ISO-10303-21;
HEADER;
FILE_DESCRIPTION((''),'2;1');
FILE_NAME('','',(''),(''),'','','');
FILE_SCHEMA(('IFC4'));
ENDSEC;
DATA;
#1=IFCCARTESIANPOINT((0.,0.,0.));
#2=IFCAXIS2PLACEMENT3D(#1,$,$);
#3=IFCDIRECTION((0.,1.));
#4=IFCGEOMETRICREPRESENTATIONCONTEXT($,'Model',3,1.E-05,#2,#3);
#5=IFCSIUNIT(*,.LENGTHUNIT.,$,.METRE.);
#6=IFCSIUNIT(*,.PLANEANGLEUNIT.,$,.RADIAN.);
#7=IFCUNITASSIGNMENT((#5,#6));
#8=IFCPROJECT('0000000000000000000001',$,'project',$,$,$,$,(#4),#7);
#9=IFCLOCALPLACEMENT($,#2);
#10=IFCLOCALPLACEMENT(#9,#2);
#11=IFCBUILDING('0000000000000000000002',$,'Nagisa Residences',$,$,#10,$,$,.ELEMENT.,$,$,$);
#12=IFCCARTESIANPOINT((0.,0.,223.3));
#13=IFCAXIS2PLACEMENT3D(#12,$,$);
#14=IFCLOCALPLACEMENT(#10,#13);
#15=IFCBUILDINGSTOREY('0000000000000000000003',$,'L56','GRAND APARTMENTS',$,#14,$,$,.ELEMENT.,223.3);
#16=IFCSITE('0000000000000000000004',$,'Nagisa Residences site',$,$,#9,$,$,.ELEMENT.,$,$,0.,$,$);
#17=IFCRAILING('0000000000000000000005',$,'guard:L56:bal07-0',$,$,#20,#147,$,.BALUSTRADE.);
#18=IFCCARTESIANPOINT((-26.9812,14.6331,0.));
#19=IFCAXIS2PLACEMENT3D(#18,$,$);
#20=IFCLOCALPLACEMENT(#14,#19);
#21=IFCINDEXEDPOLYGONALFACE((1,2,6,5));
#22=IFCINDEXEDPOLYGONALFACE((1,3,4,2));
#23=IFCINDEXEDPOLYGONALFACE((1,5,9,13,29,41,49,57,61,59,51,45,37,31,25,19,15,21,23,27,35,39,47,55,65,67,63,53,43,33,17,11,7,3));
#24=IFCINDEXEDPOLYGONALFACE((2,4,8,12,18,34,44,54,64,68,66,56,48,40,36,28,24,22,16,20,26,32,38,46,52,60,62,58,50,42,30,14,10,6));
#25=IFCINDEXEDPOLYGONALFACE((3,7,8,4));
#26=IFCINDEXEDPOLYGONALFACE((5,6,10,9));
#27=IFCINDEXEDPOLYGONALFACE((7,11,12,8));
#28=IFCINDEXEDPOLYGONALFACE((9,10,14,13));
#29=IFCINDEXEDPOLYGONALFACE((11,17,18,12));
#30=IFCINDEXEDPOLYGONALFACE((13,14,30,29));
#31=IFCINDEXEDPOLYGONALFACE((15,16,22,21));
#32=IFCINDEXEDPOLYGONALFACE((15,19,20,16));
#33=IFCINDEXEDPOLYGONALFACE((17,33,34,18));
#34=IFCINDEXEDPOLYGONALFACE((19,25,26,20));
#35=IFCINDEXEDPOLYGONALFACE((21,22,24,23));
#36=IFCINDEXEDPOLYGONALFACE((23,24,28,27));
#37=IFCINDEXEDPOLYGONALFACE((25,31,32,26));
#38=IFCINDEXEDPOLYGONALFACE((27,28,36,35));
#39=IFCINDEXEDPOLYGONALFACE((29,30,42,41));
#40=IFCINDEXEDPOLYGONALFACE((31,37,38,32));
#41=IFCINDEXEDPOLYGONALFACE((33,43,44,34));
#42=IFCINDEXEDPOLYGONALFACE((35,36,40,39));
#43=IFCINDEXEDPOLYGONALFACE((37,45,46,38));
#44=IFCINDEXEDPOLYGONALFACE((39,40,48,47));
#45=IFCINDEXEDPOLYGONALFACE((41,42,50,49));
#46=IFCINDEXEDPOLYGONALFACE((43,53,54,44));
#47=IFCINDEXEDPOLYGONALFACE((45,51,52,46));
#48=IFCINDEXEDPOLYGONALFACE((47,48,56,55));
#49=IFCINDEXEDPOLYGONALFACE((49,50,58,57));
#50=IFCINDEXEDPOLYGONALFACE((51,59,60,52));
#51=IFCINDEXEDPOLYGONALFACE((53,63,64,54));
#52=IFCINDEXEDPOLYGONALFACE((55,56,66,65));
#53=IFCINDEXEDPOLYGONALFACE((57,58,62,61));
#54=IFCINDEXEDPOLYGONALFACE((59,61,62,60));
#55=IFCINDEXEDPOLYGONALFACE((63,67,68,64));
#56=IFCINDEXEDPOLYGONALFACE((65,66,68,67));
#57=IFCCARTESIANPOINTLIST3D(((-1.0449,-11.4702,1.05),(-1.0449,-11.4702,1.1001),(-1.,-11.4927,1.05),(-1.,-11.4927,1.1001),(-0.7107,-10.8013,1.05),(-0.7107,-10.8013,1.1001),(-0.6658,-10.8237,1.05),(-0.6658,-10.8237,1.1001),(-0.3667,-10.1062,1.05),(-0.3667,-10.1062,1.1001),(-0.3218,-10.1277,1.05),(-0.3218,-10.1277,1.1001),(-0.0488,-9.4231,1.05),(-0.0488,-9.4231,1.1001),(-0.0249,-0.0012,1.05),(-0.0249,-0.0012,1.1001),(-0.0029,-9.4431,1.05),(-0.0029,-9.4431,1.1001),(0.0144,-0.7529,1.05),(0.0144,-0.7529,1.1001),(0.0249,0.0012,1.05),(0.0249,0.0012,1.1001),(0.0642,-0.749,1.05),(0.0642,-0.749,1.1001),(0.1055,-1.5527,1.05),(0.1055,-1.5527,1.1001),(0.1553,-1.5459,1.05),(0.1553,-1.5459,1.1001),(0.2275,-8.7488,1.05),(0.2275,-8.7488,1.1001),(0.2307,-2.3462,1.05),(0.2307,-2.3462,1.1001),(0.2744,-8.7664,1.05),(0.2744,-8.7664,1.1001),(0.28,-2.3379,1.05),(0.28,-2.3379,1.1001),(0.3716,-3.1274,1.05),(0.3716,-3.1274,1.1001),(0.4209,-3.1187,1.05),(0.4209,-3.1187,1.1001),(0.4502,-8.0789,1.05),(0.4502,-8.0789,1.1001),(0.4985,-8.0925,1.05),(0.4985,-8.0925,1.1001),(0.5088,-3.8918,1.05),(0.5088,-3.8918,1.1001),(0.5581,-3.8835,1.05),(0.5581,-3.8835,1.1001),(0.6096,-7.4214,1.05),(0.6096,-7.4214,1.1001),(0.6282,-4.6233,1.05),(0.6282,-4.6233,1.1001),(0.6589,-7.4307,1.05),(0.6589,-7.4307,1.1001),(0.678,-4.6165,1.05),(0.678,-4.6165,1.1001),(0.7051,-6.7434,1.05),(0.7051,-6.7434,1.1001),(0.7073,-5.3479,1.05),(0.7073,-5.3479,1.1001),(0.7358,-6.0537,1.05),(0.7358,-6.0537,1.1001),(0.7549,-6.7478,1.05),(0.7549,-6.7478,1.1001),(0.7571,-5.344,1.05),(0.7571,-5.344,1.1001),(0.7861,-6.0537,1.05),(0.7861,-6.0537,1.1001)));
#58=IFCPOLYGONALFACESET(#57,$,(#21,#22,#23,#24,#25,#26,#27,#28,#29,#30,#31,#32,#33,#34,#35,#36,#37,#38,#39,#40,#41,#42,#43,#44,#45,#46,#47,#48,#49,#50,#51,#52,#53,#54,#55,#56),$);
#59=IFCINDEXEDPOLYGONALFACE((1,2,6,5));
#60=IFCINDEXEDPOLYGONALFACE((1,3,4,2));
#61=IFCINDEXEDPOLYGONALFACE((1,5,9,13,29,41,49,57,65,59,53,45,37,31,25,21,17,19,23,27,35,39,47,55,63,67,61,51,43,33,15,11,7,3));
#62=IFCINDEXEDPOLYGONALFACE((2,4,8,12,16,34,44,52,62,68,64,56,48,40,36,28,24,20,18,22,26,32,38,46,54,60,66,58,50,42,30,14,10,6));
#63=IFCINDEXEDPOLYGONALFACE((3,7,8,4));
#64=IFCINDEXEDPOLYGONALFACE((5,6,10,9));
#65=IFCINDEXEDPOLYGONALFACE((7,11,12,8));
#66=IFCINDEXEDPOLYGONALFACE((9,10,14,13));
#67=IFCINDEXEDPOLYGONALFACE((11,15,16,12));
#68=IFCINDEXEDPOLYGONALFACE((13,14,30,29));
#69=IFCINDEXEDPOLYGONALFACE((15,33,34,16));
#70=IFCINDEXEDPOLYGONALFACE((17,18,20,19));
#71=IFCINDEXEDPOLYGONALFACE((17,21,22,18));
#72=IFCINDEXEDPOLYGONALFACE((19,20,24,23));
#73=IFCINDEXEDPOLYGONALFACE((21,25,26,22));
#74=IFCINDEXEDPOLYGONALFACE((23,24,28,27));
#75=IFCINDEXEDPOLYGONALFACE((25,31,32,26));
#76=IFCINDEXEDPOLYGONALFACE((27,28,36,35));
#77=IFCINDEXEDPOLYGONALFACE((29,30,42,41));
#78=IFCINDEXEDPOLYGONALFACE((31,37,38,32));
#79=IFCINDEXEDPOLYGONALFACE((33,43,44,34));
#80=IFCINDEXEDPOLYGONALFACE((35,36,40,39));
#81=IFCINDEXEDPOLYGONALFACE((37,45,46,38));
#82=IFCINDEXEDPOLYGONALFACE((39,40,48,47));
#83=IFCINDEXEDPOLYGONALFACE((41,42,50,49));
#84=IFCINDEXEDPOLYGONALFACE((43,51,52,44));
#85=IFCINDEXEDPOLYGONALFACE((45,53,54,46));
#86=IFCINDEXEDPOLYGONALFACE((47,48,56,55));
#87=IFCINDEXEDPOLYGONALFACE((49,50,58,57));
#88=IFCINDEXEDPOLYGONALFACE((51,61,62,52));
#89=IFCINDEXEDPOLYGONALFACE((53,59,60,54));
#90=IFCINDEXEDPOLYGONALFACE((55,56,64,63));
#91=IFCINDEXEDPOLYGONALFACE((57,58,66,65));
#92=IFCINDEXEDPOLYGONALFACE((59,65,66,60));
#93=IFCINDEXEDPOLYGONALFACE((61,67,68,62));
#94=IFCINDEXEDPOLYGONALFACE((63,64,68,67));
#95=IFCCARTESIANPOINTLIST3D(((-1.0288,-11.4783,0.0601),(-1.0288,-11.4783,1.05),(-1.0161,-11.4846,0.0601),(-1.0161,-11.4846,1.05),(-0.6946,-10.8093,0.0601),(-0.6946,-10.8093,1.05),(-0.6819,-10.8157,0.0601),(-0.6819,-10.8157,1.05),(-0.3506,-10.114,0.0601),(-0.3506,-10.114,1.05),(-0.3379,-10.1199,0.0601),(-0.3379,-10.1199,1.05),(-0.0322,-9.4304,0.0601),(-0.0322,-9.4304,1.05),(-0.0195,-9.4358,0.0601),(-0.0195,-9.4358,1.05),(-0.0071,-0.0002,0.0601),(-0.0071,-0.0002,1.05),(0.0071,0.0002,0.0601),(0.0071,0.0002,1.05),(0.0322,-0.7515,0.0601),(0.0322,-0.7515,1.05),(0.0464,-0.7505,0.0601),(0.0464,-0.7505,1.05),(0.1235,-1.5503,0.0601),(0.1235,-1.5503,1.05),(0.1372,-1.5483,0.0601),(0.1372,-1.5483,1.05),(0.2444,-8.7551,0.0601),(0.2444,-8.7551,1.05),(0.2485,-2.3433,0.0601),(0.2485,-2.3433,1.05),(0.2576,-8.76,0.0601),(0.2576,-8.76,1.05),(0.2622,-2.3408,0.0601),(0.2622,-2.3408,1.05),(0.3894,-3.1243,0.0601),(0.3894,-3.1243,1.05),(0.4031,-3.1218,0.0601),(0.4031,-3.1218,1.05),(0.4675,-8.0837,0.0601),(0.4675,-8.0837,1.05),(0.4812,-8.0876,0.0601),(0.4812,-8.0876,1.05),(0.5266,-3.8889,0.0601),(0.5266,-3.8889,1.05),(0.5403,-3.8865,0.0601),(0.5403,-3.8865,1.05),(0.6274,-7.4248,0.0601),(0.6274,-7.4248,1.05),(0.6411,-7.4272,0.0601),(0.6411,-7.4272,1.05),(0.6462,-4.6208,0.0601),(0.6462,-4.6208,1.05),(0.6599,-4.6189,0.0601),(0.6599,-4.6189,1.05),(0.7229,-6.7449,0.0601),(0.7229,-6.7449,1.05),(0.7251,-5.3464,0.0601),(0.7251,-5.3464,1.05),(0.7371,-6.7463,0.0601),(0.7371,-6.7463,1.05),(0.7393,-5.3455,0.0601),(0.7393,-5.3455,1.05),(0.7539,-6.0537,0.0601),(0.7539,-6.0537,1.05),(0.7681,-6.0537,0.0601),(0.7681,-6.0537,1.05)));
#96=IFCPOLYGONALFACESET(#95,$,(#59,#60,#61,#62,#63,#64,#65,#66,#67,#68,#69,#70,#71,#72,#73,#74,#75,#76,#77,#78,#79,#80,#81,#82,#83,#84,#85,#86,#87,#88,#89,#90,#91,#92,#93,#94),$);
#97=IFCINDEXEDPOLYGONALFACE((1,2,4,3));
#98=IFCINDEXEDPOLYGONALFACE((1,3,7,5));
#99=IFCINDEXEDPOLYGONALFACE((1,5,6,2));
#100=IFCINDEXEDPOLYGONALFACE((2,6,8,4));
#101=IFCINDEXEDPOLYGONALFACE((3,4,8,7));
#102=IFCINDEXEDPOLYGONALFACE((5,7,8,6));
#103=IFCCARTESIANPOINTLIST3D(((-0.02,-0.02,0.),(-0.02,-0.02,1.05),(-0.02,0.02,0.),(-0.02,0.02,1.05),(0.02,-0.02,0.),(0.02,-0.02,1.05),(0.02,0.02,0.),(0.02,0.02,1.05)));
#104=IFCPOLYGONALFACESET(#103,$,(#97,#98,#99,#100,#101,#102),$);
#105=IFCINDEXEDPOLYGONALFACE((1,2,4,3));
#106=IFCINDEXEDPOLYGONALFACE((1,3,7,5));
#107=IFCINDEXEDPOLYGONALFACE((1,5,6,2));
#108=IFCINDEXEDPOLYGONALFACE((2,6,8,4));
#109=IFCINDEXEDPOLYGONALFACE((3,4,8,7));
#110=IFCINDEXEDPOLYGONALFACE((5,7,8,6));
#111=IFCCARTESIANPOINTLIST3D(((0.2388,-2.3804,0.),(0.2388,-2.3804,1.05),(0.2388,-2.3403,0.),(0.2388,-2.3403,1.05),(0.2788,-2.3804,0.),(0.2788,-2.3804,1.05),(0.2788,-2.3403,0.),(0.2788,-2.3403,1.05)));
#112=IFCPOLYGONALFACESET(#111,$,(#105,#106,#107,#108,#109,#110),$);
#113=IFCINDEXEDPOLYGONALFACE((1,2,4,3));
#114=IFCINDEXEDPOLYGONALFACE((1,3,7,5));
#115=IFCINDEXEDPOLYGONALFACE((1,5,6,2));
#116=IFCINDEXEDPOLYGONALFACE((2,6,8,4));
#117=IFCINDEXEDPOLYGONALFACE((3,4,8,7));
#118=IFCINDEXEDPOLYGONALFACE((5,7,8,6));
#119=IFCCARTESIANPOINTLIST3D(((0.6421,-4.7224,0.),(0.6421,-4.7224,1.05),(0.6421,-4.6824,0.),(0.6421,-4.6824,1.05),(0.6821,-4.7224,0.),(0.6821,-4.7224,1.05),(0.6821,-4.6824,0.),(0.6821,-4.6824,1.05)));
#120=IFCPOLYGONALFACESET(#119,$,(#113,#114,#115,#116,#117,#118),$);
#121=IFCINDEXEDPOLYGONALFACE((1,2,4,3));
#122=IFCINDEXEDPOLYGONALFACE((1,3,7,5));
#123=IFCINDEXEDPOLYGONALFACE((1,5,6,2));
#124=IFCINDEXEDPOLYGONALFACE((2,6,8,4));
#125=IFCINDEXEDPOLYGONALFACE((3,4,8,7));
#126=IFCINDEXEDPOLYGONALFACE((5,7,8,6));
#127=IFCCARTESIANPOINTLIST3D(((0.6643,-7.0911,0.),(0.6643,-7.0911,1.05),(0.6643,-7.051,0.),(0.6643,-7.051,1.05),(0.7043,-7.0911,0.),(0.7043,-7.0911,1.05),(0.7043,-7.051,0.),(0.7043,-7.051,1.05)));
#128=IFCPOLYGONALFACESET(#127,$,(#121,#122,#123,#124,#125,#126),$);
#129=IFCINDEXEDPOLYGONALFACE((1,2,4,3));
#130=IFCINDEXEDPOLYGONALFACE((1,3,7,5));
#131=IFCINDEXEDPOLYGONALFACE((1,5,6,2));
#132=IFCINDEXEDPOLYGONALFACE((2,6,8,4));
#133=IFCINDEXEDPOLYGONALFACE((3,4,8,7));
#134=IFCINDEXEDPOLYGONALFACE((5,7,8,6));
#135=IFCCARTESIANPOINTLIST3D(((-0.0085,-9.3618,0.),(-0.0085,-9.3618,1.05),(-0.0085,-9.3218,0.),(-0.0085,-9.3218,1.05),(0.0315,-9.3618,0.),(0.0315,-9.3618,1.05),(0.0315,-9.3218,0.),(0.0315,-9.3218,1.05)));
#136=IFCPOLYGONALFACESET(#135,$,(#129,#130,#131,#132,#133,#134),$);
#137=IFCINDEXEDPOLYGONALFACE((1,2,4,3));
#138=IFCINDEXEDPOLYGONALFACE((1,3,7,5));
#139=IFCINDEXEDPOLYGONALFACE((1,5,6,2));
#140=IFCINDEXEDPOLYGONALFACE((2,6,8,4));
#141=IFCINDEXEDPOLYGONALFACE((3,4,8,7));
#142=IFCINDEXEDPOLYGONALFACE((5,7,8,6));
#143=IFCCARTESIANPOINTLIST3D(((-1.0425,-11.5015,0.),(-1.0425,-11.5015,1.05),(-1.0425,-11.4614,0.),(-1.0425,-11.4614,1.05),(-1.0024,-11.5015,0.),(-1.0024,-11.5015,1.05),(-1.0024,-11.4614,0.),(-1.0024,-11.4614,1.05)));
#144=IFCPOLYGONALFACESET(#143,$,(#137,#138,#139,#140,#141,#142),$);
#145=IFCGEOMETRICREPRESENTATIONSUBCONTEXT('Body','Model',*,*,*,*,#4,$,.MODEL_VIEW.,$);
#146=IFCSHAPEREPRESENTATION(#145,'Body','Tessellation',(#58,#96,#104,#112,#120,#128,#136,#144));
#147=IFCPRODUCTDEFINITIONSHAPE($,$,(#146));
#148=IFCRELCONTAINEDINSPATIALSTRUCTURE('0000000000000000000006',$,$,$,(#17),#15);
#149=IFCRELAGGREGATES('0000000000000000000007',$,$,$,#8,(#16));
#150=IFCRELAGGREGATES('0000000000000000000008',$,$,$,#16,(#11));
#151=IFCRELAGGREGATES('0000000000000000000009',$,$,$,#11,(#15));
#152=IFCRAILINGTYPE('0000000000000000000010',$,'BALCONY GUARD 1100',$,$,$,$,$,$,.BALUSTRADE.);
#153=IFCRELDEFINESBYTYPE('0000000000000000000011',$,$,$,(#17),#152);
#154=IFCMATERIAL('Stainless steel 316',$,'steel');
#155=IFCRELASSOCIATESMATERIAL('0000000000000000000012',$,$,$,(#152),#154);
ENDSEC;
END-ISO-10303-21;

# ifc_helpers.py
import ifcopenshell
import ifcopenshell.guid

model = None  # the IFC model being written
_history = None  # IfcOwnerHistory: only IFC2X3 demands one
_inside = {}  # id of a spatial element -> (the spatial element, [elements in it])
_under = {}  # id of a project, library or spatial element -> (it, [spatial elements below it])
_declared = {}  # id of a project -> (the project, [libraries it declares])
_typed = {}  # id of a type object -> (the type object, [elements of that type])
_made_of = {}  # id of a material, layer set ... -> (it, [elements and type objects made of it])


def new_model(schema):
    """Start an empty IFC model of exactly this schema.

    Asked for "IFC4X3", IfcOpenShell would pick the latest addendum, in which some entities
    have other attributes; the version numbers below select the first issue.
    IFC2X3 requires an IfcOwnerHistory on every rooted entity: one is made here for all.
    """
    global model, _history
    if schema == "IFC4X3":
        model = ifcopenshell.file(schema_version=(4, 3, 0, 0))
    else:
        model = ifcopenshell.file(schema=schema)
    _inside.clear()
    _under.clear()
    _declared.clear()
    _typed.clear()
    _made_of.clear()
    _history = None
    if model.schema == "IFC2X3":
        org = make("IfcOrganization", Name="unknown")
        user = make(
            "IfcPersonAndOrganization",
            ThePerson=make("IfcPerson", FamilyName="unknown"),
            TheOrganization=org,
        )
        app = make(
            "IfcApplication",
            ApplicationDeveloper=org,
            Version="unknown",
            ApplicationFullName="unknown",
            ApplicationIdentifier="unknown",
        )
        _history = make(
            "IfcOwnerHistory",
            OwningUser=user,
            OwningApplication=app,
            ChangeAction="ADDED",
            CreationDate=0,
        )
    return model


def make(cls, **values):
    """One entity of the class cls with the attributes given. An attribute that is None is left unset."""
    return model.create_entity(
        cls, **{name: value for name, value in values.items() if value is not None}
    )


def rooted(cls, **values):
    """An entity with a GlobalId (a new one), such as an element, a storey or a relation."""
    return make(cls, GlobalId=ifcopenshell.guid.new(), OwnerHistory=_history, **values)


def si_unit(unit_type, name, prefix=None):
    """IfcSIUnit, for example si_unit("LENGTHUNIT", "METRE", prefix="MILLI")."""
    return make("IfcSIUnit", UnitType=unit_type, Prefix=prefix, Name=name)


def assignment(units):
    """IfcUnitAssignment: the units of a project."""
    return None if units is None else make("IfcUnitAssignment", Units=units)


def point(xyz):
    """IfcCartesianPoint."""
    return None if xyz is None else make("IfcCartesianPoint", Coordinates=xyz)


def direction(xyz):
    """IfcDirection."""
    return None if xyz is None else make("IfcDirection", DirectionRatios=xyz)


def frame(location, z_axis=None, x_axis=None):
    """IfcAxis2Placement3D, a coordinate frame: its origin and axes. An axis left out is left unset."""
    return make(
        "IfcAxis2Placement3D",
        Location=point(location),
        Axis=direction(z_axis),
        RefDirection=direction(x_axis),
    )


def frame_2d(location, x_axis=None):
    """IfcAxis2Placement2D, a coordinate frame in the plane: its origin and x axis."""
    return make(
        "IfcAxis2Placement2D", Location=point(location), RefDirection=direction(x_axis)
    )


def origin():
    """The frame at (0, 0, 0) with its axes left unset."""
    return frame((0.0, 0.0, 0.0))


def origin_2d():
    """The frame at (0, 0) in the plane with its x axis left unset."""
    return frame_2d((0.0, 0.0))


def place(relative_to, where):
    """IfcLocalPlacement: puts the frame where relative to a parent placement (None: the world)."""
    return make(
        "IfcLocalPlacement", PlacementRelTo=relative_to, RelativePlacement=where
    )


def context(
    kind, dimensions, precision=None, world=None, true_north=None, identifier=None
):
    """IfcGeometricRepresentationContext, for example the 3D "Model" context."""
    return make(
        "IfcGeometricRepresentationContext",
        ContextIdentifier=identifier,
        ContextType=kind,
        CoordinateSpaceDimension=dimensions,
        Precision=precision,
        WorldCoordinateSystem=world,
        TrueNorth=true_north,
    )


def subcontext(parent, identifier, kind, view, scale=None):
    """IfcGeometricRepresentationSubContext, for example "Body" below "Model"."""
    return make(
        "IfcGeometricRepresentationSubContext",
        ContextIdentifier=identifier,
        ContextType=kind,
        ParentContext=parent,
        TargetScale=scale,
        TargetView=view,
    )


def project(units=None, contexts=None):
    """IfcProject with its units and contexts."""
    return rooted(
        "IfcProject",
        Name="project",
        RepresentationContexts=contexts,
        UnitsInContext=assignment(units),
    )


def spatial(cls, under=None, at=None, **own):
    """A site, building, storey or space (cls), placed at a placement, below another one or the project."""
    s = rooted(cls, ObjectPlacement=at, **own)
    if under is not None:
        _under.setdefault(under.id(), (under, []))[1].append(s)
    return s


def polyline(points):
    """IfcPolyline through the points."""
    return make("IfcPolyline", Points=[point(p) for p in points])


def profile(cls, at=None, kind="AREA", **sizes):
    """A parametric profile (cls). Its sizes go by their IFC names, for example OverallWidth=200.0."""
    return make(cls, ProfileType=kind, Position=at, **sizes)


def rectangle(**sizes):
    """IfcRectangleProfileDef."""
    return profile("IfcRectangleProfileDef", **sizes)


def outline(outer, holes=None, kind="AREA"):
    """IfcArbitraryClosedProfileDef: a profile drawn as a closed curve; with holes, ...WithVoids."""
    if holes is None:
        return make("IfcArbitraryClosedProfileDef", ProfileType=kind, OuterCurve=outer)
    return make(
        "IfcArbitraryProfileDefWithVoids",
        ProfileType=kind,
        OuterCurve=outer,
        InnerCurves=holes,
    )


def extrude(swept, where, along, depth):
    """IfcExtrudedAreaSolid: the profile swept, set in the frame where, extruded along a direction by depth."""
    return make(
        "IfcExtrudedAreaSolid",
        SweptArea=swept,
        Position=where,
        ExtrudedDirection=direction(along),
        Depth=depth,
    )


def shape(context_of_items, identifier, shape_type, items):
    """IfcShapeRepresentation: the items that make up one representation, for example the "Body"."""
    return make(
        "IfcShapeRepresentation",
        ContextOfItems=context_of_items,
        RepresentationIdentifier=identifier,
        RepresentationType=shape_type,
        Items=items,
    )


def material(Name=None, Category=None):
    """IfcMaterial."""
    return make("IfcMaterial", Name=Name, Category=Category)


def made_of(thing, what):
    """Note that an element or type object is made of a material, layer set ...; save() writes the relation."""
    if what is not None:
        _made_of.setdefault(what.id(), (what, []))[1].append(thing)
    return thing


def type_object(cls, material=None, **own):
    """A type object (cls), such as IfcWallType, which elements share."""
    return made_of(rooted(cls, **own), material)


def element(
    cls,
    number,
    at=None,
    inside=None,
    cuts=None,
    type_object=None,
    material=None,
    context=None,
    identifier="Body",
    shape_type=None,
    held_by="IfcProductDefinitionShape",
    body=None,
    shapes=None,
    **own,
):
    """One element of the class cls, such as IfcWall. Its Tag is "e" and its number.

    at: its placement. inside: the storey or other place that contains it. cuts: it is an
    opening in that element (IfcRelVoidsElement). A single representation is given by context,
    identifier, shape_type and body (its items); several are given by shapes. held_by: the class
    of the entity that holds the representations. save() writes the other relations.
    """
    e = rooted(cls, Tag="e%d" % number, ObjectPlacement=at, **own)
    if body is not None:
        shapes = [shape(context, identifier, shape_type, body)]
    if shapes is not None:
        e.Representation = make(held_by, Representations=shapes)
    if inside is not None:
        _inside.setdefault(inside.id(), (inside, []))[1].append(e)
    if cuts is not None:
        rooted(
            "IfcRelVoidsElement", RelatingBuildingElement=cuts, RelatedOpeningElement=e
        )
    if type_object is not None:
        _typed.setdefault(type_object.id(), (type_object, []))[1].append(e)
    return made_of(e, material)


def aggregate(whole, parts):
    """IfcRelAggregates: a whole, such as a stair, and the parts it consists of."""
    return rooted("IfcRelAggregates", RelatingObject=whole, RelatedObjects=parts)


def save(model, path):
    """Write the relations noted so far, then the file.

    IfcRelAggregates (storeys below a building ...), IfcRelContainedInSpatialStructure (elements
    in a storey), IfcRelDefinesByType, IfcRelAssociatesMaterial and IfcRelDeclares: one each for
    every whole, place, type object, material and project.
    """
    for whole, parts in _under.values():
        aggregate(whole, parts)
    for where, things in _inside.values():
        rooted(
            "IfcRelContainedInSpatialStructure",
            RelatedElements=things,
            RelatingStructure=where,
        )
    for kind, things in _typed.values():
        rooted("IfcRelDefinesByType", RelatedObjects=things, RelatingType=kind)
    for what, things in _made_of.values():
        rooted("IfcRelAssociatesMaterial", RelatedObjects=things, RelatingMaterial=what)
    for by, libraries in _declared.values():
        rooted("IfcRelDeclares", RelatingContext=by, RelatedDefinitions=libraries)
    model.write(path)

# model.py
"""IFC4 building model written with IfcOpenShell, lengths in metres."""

from ifc_helpers import new_model, si_unit, direction, frame, origin, origin_2d, place, context, subcontext, project, spatial, polyline, rectangle, outline, extrude, material, type_object, element, save


model = new_model("IFC4")

# Units and contexts
model_context = context("Model", 3, precision=1e-05, world=origin(), true_north=direction((0.0, 1.0)))
body_context = subcontext(model_context, "Body", "Model", "MODEL_VIEW")
ifc_project = project(units=[si_unit("LENGTHUNIT", "METRE"), si_unit("PLANEANGLEUNIT", "RADIAN")], contexts=[model_context])

# Site, building, storey
site_placement = place(None, origin())
site = spatial("IfcSite", under=ifc_project, at=site_placement, Name="Nagisa Residences site", CompositionType="ELEMENT", RefElevation=0.0)
building_placement = place(site_placement, origin())
building = spatial("IfcBuilding", under=site, at=building_placement, Name="Nagisa Residences", CompositionType="ELEMENT")
storey_placement = place(building_placement, frame((0.0, 0.0, 223.3)))
storey = spatial("IfcBuildingStorey", under=building, at=storey_placement, Name="L56", Description="GRAND APARTMENTS", CompositionType="ELEMENT", Elevation=223.3)

# Railing
ifc_material_1 = material(Name="Stainless steel 316", Category="steel")
railing_type = type_object("IfcRailingType", Name="BALCONY GUARD 1100", PredefinedType="BALUSTRADE", material=ifc_material_1)
railing_1_placement = place(storey_placement, frame((-26.9812, 14.6331, 0.0)))
element("IfcRailing", 1, at=railing_1_placement, inside=storey, type_object=railing_type, Name="guard:L56:bal07-0", PredefinedType="BALUSTRADE", context=body_context, shape_type="SweptSolid", body=[
    extrude(outline(polyline([(0.0642, -0.749), (0.0249, 0.0012), (-0.0249, -0.0012), (0.0144, -0.7529), (0.1055, -1.5527), (0.2307, -2.3462), (0.3716, -3.1274), (0.5088, -3.8918), (0.6282, -4.6233), (0.7073, -5.3479), (0.7358, -6.0537), (0.7051, -6.7434), (0.6096, -7.4214), (0.4502, -8.0789), (0.2275, -8.7488), (-0.0488, -9.4231), (-0.3667, -10.1062), (-0.7107, -10.8013), (-1.0449, -11.4702), (-1.0, -11.4927), (-0.6658, -10.8237), (-0.3218, -10.1277), (-0.0029, -9.4431), (0.2744, -8.7664), (0.4985, -8.0925), (0.6589, -7.4307), (0.7549, -6.7478), (0.7861, -6.0537), (0.7571, -5.344), (0.678, -4.6165), (0.5581, -3.8835), (0.4209, -3.1187), (0.28, -2.3379), (0.1553, -1.5459), (0.0642, -0.749)])), frame((0.0, 0.0, 1.05)), (0.0, 0.0, 1.0), 0.05),
    extrude(outline(polyline([(0.0464, -0.7505), (0.0071, 0.0002), (-0.0071, -0.0002), (0.0322, -0.7515), (0.1235, -1.5503), (0.2485, -2.3433), (0.3894, -3.1243), (0.5266, -3.8889), (0.6462, -4.6208), (0.7251, -5.3464), (0.7539, -6.0537), (0.7229, -6.7449), (0.6274, -7.4248), (0.4675, -8.0837), (0.2444, -8.7551), (-0.0322, -9.4304), (-0.3506, -10.114), (-0.6946, -10.8093), (-1.0288, -11.4783), (-1.0161, -11.4846), (-0.6819, -10.8157), (-0.3379, -10.1199), (-0.0195, -9.4358), (0.2576, -8.76), (0.4812, -8.0876), (0.6411, -7.4272), (0.7371, -6.7463), (0.7681, -6.0537), (0.7393, -5.3455), (0.6599, -4.6189), (0.5403, -3.8865), (0.4031, -3.1218), (0.2622, -2.3408), (0.1372, -1.5483), (0.0464, -0.7505)])), frame((0.0, 0.0, 0.0601)), (0.0, 0.0, 1.0), 0.99),
    extrude(rectangle(XDim=0.04, YDim=0.04, at=origin_2d()), origin(), (0.0, 0.0, 1.0), 1.05),
    extrude(rectangle(XDim=0.04, YDim=0.04, at=origin_2d()), frame((0.2588, -2.3604, 0.0)), (0.0, 0.0, 1.0), 1.05),
    extrude(rectangle(XDim=0.04, YDim=0.04, at=origin_2d()), frame((0.6621, -4.7024, 0.0)), (0.0, 0.0, 1.0), 1.05),
    extrude(rectangle(XDim=0.04, YDim=0.04, at=origin_2d()), frame((0.6843, -7.071, 0.0)), (0.0, 0.0, 1.0), 1.05),
    extrude(rectangle(XDim=0.04, YDim=0.04, at=origin_2d()), frame((0.0115, -9.3418, 0.0)), (0.0, 0.0, 1.0), 1.05),
    extrude(rectangle(XDim=0.04, YDim=0.04, at=origin_2d()), frame((-1.0225, -11.4814, 0.0)), (0.0, 0.0, 1.0), 1.05),
])

save(model, "model.ifc")
